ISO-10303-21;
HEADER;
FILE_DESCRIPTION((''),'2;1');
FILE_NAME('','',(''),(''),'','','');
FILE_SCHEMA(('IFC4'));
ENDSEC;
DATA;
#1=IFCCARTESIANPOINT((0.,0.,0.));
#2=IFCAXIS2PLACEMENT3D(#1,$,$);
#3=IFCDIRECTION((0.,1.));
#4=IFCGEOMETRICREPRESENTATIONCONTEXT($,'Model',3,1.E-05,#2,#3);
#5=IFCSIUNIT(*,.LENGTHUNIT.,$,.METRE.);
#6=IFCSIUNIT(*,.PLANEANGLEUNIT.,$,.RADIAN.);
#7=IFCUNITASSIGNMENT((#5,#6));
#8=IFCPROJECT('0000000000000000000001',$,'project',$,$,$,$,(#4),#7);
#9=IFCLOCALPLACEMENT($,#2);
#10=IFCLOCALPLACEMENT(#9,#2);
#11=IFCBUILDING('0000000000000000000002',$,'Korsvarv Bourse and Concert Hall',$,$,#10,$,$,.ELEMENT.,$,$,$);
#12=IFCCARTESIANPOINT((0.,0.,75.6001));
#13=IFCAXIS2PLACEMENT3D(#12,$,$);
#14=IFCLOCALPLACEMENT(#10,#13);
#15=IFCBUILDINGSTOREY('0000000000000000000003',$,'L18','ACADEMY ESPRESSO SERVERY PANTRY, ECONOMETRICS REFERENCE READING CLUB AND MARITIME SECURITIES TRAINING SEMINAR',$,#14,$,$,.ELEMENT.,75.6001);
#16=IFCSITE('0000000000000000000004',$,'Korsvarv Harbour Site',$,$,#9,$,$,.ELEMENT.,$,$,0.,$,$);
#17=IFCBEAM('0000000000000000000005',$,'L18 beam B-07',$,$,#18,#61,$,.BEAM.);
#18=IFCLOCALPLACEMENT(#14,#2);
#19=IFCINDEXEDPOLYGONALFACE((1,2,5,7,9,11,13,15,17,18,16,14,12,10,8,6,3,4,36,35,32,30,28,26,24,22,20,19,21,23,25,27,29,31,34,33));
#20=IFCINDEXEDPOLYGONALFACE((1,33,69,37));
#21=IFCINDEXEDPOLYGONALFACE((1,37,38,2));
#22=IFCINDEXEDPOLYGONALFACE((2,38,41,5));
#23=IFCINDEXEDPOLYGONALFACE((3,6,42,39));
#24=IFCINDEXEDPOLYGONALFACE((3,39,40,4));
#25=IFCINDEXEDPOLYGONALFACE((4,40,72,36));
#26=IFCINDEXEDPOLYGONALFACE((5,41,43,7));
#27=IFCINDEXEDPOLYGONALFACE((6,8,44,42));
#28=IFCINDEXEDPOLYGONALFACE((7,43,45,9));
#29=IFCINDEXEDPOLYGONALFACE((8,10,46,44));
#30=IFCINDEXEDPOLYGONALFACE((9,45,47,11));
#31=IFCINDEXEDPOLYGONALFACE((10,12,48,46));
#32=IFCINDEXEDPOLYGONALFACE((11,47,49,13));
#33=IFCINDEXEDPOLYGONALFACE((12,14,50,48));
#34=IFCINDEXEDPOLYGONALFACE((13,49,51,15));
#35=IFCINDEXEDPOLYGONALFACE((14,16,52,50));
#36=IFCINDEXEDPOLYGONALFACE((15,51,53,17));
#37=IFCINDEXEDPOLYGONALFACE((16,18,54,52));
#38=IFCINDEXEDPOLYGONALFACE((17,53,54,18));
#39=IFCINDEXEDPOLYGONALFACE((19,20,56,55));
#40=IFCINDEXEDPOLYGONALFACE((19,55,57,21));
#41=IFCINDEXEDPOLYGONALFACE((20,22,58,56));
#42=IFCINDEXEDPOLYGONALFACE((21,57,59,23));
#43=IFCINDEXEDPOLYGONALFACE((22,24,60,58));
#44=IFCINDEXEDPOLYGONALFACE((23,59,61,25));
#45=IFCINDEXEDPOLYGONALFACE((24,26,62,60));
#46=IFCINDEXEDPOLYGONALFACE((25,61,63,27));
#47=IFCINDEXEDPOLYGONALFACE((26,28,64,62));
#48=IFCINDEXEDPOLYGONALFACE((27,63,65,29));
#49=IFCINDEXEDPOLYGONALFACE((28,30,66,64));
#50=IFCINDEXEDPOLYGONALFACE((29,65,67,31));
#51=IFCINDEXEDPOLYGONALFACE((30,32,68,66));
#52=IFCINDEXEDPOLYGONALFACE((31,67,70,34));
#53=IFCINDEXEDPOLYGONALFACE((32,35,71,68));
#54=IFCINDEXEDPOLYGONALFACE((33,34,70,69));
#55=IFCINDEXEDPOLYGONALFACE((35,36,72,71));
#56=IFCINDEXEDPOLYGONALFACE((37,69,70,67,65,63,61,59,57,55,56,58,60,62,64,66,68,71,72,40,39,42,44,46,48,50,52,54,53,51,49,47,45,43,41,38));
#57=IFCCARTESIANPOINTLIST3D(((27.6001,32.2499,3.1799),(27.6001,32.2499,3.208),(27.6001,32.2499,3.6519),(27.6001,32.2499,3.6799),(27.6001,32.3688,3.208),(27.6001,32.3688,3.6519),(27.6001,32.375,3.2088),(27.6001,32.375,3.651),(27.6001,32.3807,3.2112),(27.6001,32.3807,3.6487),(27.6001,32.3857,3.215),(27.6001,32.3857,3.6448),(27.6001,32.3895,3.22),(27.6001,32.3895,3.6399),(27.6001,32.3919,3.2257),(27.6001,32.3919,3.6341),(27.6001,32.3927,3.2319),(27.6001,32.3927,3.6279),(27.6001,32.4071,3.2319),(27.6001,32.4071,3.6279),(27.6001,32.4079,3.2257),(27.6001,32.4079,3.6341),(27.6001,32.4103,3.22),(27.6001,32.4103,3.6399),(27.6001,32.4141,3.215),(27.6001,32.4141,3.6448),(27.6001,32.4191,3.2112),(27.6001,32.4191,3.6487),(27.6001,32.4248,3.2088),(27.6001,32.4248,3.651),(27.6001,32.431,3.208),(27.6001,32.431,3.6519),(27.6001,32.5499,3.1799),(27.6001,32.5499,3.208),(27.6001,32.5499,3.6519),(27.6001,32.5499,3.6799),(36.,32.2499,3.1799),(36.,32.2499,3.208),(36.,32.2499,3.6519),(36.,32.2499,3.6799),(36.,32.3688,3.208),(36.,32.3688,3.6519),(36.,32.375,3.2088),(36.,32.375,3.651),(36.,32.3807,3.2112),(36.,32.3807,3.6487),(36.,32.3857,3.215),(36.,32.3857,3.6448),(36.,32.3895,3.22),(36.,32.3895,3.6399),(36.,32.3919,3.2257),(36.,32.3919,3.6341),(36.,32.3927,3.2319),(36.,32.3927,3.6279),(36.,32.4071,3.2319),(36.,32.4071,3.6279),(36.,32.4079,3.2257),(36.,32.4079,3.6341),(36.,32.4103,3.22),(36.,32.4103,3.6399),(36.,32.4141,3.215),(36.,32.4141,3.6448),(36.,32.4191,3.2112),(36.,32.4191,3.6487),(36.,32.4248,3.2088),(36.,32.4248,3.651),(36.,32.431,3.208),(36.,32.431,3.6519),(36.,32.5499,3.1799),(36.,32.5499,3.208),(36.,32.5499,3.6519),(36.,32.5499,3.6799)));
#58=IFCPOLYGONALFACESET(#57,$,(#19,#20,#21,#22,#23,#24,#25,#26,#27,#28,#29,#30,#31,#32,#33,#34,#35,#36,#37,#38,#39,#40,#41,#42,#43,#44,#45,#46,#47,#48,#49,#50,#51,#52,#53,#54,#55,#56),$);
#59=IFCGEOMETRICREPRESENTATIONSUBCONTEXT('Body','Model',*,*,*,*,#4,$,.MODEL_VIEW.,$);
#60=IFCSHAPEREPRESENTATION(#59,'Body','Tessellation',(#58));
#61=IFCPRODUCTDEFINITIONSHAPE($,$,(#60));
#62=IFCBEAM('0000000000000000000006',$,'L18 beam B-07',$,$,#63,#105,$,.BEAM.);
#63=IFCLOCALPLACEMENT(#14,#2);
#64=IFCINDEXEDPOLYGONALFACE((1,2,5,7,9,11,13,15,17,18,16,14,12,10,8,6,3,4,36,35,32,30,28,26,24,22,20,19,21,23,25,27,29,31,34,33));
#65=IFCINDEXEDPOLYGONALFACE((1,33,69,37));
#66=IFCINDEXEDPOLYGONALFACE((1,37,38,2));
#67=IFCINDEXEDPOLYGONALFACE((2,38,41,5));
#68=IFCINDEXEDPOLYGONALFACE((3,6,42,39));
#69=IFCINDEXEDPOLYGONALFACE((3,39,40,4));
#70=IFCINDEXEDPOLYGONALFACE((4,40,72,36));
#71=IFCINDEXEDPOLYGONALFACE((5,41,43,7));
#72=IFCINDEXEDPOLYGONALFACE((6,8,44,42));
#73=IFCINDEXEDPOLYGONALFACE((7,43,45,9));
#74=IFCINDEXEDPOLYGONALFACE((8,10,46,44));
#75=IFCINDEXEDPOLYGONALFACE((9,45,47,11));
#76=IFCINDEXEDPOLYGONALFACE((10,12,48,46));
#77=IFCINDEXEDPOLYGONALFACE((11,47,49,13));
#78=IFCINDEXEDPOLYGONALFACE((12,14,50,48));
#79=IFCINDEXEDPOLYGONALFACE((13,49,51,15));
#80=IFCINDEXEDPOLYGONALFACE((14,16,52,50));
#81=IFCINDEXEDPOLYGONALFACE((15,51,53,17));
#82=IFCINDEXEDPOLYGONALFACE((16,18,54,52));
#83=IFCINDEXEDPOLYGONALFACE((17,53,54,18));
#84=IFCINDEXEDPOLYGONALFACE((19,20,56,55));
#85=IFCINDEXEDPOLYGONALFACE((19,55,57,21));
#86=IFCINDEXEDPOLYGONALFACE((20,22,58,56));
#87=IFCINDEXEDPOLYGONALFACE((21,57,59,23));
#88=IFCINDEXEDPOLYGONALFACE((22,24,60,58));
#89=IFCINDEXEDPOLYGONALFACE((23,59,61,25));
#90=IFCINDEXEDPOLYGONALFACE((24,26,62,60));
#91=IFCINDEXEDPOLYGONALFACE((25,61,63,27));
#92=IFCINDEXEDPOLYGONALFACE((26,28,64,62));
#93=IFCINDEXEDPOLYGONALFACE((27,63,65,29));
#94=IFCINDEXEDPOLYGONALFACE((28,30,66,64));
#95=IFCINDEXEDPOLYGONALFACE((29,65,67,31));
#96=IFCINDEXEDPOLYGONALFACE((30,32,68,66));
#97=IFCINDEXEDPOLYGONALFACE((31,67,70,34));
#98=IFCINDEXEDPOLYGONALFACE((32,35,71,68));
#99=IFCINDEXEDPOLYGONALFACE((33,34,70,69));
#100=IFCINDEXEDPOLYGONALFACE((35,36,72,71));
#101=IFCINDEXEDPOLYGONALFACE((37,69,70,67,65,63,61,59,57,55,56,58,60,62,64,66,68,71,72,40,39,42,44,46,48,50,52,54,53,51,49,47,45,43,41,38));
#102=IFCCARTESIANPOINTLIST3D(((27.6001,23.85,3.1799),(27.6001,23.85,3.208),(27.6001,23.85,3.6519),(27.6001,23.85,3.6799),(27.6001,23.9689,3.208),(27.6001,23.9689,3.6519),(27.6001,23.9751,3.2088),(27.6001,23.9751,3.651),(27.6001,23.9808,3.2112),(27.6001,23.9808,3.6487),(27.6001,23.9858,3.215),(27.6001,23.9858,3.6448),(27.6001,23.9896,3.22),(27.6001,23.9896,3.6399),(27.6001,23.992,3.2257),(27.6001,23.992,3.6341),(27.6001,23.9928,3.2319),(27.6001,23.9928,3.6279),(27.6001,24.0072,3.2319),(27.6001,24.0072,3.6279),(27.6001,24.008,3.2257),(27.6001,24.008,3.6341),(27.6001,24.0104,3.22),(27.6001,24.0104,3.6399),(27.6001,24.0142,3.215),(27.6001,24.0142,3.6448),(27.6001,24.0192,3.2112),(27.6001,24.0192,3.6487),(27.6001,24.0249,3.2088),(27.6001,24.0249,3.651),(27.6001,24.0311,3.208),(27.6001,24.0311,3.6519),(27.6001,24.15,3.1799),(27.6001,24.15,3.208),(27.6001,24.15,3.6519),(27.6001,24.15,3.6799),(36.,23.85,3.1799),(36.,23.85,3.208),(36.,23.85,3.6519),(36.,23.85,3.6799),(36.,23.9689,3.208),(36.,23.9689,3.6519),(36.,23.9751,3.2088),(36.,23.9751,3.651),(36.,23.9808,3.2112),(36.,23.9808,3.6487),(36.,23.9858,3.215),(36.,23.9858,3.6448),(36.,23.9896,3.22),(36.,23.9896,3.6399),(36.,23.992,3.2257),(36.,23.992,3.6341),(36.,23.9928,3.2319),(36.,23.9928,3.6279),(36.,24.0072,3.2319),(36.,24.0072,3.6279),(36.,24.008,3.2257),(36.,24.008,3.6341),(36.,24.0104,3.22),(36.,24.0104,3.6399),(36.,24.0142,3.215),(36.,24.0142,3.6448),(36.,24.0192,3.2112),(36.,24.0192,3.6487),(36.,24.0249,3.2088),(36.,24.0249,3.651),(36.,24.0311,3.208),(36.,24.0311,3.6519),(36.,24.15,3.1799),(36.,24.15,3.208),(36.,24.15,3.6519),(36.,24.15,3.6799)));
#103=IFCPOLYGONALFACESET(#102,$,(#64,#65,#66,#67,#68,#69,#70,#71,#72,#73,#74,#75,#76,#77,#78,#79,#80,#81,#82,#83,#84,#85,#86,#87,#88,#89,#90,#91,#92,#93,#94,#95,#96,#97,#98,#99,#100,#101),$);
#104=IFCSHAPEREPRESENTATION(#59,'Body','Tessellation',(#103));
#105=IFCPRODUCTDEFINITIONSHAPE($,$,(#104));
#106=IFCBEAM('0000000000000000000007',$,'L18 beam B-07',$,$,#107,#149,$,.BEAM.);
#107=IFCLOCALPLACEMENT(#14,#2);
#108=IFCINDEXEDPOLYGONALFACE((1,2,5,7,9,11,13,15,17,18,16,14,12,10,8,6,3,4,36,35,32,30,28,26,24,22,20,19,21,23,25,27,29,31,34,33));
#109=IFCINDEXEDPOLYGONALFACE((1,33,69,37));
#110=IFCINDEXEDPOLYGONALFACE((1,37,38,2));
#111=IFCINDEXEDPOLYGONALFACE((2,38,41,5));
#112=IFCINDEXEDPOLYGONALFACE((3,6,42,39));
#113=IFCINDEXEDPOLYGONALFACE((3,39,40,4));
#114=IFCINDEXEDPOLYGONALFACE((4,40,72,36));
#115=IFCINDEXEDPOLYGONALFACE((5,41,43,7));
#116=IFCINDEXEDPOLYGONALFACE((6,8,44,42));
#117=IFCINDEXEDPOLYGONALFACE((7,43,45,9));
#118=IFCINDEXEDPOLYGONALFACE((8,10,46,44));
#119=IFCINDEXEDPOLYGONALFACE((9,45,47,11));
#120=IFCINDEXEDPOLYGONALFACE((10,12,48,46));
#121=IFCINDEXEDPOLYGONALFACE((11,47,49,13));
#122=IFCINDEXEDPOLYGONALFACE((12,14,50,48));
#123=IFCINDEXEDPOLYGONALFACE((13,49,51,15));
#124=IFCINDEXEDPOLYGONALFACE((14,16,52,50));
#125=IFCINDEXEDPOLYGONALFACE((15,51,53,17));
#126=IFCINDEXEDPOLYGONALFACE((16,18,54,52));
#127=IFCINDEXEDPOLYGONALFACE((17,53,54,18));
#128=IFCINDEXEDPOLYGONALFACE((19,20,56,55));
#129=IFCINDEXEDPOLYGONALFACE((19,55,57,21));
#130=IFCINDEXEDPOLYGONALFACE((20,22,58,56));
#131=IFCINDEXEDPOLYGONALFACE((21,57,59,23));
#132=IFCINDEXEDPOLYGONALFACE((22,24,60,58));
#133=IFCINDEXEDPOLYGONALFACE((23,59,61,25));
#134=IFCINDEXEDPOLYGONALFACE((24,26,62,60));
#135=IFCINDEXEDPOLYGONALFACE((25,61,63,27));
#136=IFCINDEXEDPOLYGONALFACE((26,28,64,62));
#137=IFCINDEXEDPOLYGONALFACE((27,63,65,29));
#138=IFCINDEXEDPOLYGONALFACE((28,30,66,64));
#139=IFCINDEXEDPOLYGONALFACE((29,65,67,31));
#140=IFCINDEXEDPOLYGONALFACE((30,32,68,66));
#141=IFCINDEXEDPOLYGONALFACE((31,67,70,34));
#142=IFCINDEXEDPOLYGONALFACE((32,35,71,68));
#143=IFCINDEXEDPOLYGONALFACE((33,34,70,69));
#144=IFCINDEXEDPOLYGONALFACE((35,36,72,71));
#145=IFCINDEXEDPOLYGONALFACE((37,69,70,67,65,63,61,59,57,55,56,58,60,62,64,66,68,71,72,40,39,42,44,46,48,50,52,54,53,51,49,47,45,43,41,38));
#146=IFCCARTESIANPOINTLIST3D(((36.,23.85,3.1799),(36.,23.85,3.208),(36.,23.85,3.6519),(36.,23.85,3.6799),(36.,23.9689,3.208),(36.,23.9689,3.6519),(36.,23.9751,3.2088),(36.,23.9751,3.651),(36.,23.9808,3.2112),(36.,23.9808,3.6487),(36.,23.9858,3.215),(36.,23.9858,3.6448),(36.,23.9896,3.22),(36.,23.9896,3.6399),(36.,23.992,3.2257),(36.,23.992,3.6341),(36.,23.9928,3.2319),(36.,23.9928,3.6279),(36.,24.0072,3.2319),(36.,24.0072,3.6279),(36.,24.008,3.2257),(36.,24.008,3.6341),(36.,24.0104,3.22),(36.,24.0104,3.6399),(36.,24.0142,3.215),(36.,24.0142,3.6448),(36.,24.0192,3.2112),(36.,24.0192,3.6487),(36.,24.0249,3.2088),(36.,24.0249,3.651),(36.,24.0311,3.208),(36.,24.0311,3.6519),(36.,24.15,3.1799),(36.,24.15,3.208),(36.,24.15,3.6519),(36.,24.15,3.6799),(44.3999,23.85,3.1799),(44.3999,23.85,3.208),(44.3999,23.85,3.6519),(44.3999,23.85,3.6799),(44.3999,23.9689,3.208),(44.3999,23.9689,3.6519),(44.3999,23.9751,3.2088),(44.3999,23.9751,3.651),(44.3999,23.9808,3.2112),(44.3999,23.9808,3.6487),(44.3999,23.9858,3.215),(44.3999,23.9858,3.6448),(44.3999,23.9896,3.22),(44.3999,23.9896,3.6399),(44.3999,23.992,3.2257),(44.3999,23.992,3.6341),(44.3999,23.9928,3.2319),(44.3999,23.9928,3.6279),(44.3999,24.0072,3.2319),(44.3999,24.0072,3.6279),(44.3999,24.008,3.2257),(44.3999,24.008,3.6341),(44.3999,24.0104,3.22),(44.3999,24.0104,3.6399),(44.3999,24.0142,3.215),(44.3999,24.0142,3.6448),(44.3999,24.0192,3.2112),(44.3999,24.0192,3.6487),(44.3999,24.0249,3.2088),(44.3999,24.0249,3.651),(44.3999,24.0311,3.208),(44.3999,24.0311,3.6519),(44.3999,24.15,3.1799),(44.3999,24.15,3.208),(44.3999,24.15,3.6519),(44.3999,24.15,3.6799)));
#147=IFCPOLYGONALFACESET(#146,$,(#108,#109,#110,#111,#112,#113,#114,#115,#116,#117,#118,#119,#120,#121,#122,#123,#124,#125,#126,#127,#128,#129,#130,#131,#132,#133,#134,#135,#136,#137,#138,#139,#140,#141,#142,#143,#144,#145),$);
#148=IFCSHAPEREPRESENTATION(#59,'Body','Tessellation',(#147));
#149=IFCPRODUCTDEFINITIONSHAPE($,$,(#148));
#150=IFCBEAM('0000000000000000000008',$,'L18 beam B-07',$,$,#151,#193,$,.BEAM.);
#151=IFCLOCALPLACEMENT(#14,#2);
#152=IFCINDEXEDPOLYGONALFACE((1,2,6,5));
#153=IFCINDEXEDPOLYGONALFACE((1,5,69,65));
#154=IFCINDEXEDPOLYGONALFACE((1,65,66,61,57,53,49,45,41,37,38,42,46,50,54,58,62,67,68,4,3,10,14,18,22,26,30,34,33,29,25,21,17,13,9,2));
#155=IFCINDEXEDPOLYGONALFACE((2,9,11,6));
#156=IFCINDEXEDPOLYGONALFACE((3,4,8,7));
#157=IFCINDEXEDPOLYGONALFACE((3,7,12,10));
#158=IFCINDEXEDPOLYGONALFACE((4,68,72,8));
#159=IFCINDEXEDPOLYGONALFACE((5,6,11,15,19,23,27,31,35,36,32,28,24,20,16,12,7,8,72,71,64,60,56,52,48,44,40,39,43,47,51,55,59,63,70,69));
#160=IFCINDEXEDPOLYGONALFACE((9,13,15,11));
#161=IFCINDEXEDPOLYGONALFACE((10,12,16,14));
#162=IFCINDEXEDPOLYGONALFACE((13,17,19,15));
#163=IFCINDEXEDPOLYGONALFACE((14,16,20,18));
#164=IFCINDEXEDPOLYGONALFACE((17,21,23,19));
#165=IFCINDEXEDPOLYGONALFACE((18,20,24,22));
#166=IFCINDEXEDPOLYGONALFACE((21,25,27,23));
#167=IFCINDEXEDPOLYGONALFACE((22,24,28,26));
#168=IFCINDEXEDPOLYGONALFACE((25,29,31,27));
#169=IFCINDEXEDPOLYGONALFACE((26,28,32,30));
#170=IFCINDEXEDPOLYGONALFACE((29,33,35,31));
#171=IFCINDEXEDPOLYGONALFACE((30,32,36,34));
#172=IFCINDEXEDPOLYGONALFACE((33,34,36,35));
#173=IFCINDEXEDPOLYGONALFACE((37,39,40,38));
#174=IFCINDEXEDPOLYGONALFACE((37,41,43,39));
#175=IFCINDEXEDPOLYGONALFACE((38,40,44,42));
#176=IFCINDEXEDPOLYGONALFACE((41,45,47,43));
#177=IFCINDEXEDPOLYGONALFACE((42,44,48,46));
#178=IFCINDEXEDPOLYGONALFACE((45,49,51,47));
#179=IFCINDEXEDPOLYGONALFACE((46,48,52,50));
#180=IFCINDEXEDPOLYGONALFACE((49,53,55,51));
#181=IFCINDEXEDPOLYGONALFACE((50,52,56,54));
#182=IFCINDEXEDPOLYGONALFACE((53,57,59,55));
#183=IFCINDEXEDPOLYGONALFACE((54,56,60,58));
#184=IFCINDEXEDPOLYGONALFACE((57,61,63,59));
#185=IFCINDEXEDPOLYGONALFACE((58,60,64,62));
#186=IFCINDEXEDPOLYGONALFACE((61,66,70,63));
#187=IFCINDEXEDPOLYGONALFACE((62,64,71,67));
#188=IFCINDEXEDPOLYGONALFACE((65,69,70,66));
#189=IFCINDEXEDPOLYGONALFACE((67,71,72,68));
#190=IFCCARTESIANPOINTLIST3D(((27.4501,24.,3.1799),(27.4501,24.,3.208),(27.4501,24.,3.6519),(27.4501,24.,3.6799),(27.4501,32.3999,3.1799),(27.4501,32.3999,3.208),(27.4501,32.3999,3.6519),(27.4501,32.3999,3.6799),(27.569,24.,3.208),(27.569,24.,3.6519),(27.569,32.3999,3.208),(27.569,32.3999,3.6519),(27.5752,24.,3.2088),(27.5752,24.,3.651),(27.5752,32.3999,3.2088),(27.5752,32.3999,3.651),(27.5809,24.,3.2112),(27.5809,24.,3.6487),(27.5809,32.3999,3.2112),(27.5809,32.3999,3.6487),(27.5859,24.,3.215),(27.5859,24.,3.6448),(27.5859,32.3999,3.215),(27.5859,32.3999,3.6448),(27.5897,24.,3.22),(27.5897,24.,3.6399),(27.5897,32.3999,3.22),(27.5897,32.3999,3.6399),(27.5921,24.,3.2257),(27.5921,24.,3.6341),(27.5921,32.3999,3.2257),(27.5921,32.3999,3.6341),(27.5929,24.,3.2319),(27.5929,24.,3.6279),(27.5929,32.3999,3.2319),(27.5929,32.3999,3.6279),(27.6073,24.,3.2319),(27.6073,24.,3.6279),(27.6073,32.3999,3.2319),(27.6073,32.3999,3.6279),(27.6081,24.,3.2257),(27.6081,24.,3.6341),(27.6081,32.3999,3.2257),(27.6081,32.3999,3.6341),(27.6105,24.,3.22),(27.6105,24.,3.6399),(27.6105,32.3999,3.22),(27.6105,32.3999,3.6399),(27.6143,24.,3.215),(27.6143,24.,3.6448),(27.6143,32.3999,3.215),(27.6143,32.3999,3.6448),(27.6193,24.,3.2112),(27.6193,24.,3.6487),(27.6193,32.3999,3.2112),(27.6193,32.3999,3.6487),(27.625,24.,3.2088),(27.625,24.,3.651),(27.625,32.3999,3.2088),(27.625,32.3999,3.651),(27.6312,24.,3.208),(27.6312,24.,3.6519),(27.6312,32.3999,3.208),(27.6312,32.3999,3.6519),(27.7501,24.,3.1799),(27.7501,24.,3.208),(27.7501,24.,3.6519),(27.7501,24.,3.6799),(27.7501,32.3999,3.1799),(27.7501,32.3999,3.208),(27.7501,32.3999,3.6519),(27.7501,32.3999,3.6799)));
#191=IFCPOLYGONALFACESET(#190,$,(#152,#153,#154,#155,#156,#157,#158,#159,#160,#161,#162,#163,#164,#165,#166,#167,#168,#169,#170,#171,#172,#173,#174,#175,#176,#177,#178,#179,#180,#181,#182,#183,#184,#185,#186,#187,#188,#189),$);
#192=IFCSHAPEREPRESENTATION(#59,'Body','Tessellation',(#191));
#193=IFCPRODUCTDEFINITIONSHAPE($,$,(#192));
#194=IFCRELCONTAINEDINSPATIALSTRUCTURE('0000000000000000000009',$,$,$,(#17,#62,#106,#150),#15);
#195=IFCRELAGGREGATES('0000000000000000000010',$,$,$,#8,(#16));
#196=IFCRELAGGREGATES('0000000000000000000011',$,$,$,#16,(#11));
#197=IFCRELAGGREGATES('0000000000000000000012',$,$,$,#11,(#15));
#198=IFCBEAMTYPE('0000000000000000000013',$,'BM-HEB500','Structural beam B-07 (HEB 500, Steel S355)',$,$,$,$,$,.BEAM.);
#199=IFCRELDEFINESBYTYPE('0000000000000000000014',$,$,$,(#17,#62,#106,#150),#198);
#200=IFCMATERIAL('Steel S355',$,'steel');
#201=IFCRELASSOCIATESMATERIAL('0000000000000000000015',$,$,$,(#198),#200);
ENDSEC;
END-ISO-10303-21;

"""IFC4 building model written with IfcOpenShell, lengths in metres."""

from ifc_helpers import new_model, si_unit, direction, frame, origin, origin_2d, place, context, subcontext, project, spatial, i_section, extrude, source, transform, mapped, material, material_profile, profile_set, type_object, element, save


model = new_model("IFC4")

# Units and contexts
model_context = context("Model", 3, precision=1e-05, world=origin(), true_north=direction((0.0, 1.0)))
body_context = subcontext(model_context, "Body", "Model", "MODEL_VIEW")
ifc_project = project(units=[si_unit("LENGTHUNIT", "METRE"), si_unit("PLANEANGLEUNIT", "RADIAN")], contexts=[model_context])

# Site, building, storey
site_placement = place(None, origin())
site = spatial("IfcSite", under=ifc_project, at=site_placement, Name="Korsvarv Harbour Site", CompositionType="ELEMENT", RefElevation=0.0)
building_placement = place(site_placement, origin())
building = spatial("IfcBuilding", under=site, at=building_placement, Name="Korsvarv Bourse and Concert Hall", CompositionType="ELEMENT")
storey_placement = place(building_placement, frame((0.0, 0.0, 75.6001)))
storey = spatial("IfcBuildingStorey", under=building, at=storey_placement, Name="L18", Description="ACADEMY ESPRESSO SERVERY PANTRY, ECONOMETRICS REFERENCE READING CLUB AND MARITIME SECURITIES TRAINING SEMINAR", CompositionType="ELEMENT", Elevation=75.6001)

# Beams
ifc_material_1 = material(Name="Steel S355", Category="steel")
ifc_material_profile_1 = material_profile(ifc_material_1, i_section(OverallWidth=0.3, OverallDepth=0.5, WebThickness=0.0144, FlangeThickness=0.0281, FilletRadius=0.0239, at=origin_2d()), Name="HEB 500")
ifc_profile_set_1 = profile_set([ifc_material_profile_1], Name="Steel S355")
beam_type_1 = type_object("IfcBeamType", Name="BM-HEB500", Description="Structural beam B-07 (HEB 500, Steel S355)", PredefinedType="BEAM", material=ifc_profile_set_1)
shared_shape_1 = source(origin(), body_context, "Body", "SweptSolid", [
    extrude(i_section(OverallWidth=0.3, OverallDepth=0.5, WebThickness=0.0144, FlangeThickness=0.0281, FilletRadius=0.0239, at=origin_2d()), origin(), (0.0, 0.0, 1.0), 8.3999),
])
for number, where, z_axis, x_axis, name in (
    (1, (27.6001, 32.3999, 3.4299), (1.0, 0.0, 0.0), (0.0, 1.0, 0.0), "L18 beam B-07"),
    (2, (27.6001, 24.0, 3.4299), (1.0, 0.0, 0.0), (0.0, 1.0, 0.0), "L18 beam B-07"),
    (3, (36.0, 24.0, 3.4299), (1.0, 0.0, 0.0), (0.0, 1.0, 0.0), "L18 beam B-07"),
    (4, (27.6001, 24.0, 3.4299), (0.0, 1.0, 0.0), (-1.0, 0.0, 0.0), "L18 beam B-07"),
):
    element("IfcBeam", number, at=place(storey_placement, frame(where, z_axis=z_axis, x_axis=x_axis)), inside=storey, type_object=beam_type_1, Name=name, PredefinedType="BEAM", context=body_context, shape_type="MappedRepresentation", body=[
        mapped(shared_shape_1, transform((0.0, 0.0, 0.0), scale=1.0)),
    ])

save(model, "model.ifc")
